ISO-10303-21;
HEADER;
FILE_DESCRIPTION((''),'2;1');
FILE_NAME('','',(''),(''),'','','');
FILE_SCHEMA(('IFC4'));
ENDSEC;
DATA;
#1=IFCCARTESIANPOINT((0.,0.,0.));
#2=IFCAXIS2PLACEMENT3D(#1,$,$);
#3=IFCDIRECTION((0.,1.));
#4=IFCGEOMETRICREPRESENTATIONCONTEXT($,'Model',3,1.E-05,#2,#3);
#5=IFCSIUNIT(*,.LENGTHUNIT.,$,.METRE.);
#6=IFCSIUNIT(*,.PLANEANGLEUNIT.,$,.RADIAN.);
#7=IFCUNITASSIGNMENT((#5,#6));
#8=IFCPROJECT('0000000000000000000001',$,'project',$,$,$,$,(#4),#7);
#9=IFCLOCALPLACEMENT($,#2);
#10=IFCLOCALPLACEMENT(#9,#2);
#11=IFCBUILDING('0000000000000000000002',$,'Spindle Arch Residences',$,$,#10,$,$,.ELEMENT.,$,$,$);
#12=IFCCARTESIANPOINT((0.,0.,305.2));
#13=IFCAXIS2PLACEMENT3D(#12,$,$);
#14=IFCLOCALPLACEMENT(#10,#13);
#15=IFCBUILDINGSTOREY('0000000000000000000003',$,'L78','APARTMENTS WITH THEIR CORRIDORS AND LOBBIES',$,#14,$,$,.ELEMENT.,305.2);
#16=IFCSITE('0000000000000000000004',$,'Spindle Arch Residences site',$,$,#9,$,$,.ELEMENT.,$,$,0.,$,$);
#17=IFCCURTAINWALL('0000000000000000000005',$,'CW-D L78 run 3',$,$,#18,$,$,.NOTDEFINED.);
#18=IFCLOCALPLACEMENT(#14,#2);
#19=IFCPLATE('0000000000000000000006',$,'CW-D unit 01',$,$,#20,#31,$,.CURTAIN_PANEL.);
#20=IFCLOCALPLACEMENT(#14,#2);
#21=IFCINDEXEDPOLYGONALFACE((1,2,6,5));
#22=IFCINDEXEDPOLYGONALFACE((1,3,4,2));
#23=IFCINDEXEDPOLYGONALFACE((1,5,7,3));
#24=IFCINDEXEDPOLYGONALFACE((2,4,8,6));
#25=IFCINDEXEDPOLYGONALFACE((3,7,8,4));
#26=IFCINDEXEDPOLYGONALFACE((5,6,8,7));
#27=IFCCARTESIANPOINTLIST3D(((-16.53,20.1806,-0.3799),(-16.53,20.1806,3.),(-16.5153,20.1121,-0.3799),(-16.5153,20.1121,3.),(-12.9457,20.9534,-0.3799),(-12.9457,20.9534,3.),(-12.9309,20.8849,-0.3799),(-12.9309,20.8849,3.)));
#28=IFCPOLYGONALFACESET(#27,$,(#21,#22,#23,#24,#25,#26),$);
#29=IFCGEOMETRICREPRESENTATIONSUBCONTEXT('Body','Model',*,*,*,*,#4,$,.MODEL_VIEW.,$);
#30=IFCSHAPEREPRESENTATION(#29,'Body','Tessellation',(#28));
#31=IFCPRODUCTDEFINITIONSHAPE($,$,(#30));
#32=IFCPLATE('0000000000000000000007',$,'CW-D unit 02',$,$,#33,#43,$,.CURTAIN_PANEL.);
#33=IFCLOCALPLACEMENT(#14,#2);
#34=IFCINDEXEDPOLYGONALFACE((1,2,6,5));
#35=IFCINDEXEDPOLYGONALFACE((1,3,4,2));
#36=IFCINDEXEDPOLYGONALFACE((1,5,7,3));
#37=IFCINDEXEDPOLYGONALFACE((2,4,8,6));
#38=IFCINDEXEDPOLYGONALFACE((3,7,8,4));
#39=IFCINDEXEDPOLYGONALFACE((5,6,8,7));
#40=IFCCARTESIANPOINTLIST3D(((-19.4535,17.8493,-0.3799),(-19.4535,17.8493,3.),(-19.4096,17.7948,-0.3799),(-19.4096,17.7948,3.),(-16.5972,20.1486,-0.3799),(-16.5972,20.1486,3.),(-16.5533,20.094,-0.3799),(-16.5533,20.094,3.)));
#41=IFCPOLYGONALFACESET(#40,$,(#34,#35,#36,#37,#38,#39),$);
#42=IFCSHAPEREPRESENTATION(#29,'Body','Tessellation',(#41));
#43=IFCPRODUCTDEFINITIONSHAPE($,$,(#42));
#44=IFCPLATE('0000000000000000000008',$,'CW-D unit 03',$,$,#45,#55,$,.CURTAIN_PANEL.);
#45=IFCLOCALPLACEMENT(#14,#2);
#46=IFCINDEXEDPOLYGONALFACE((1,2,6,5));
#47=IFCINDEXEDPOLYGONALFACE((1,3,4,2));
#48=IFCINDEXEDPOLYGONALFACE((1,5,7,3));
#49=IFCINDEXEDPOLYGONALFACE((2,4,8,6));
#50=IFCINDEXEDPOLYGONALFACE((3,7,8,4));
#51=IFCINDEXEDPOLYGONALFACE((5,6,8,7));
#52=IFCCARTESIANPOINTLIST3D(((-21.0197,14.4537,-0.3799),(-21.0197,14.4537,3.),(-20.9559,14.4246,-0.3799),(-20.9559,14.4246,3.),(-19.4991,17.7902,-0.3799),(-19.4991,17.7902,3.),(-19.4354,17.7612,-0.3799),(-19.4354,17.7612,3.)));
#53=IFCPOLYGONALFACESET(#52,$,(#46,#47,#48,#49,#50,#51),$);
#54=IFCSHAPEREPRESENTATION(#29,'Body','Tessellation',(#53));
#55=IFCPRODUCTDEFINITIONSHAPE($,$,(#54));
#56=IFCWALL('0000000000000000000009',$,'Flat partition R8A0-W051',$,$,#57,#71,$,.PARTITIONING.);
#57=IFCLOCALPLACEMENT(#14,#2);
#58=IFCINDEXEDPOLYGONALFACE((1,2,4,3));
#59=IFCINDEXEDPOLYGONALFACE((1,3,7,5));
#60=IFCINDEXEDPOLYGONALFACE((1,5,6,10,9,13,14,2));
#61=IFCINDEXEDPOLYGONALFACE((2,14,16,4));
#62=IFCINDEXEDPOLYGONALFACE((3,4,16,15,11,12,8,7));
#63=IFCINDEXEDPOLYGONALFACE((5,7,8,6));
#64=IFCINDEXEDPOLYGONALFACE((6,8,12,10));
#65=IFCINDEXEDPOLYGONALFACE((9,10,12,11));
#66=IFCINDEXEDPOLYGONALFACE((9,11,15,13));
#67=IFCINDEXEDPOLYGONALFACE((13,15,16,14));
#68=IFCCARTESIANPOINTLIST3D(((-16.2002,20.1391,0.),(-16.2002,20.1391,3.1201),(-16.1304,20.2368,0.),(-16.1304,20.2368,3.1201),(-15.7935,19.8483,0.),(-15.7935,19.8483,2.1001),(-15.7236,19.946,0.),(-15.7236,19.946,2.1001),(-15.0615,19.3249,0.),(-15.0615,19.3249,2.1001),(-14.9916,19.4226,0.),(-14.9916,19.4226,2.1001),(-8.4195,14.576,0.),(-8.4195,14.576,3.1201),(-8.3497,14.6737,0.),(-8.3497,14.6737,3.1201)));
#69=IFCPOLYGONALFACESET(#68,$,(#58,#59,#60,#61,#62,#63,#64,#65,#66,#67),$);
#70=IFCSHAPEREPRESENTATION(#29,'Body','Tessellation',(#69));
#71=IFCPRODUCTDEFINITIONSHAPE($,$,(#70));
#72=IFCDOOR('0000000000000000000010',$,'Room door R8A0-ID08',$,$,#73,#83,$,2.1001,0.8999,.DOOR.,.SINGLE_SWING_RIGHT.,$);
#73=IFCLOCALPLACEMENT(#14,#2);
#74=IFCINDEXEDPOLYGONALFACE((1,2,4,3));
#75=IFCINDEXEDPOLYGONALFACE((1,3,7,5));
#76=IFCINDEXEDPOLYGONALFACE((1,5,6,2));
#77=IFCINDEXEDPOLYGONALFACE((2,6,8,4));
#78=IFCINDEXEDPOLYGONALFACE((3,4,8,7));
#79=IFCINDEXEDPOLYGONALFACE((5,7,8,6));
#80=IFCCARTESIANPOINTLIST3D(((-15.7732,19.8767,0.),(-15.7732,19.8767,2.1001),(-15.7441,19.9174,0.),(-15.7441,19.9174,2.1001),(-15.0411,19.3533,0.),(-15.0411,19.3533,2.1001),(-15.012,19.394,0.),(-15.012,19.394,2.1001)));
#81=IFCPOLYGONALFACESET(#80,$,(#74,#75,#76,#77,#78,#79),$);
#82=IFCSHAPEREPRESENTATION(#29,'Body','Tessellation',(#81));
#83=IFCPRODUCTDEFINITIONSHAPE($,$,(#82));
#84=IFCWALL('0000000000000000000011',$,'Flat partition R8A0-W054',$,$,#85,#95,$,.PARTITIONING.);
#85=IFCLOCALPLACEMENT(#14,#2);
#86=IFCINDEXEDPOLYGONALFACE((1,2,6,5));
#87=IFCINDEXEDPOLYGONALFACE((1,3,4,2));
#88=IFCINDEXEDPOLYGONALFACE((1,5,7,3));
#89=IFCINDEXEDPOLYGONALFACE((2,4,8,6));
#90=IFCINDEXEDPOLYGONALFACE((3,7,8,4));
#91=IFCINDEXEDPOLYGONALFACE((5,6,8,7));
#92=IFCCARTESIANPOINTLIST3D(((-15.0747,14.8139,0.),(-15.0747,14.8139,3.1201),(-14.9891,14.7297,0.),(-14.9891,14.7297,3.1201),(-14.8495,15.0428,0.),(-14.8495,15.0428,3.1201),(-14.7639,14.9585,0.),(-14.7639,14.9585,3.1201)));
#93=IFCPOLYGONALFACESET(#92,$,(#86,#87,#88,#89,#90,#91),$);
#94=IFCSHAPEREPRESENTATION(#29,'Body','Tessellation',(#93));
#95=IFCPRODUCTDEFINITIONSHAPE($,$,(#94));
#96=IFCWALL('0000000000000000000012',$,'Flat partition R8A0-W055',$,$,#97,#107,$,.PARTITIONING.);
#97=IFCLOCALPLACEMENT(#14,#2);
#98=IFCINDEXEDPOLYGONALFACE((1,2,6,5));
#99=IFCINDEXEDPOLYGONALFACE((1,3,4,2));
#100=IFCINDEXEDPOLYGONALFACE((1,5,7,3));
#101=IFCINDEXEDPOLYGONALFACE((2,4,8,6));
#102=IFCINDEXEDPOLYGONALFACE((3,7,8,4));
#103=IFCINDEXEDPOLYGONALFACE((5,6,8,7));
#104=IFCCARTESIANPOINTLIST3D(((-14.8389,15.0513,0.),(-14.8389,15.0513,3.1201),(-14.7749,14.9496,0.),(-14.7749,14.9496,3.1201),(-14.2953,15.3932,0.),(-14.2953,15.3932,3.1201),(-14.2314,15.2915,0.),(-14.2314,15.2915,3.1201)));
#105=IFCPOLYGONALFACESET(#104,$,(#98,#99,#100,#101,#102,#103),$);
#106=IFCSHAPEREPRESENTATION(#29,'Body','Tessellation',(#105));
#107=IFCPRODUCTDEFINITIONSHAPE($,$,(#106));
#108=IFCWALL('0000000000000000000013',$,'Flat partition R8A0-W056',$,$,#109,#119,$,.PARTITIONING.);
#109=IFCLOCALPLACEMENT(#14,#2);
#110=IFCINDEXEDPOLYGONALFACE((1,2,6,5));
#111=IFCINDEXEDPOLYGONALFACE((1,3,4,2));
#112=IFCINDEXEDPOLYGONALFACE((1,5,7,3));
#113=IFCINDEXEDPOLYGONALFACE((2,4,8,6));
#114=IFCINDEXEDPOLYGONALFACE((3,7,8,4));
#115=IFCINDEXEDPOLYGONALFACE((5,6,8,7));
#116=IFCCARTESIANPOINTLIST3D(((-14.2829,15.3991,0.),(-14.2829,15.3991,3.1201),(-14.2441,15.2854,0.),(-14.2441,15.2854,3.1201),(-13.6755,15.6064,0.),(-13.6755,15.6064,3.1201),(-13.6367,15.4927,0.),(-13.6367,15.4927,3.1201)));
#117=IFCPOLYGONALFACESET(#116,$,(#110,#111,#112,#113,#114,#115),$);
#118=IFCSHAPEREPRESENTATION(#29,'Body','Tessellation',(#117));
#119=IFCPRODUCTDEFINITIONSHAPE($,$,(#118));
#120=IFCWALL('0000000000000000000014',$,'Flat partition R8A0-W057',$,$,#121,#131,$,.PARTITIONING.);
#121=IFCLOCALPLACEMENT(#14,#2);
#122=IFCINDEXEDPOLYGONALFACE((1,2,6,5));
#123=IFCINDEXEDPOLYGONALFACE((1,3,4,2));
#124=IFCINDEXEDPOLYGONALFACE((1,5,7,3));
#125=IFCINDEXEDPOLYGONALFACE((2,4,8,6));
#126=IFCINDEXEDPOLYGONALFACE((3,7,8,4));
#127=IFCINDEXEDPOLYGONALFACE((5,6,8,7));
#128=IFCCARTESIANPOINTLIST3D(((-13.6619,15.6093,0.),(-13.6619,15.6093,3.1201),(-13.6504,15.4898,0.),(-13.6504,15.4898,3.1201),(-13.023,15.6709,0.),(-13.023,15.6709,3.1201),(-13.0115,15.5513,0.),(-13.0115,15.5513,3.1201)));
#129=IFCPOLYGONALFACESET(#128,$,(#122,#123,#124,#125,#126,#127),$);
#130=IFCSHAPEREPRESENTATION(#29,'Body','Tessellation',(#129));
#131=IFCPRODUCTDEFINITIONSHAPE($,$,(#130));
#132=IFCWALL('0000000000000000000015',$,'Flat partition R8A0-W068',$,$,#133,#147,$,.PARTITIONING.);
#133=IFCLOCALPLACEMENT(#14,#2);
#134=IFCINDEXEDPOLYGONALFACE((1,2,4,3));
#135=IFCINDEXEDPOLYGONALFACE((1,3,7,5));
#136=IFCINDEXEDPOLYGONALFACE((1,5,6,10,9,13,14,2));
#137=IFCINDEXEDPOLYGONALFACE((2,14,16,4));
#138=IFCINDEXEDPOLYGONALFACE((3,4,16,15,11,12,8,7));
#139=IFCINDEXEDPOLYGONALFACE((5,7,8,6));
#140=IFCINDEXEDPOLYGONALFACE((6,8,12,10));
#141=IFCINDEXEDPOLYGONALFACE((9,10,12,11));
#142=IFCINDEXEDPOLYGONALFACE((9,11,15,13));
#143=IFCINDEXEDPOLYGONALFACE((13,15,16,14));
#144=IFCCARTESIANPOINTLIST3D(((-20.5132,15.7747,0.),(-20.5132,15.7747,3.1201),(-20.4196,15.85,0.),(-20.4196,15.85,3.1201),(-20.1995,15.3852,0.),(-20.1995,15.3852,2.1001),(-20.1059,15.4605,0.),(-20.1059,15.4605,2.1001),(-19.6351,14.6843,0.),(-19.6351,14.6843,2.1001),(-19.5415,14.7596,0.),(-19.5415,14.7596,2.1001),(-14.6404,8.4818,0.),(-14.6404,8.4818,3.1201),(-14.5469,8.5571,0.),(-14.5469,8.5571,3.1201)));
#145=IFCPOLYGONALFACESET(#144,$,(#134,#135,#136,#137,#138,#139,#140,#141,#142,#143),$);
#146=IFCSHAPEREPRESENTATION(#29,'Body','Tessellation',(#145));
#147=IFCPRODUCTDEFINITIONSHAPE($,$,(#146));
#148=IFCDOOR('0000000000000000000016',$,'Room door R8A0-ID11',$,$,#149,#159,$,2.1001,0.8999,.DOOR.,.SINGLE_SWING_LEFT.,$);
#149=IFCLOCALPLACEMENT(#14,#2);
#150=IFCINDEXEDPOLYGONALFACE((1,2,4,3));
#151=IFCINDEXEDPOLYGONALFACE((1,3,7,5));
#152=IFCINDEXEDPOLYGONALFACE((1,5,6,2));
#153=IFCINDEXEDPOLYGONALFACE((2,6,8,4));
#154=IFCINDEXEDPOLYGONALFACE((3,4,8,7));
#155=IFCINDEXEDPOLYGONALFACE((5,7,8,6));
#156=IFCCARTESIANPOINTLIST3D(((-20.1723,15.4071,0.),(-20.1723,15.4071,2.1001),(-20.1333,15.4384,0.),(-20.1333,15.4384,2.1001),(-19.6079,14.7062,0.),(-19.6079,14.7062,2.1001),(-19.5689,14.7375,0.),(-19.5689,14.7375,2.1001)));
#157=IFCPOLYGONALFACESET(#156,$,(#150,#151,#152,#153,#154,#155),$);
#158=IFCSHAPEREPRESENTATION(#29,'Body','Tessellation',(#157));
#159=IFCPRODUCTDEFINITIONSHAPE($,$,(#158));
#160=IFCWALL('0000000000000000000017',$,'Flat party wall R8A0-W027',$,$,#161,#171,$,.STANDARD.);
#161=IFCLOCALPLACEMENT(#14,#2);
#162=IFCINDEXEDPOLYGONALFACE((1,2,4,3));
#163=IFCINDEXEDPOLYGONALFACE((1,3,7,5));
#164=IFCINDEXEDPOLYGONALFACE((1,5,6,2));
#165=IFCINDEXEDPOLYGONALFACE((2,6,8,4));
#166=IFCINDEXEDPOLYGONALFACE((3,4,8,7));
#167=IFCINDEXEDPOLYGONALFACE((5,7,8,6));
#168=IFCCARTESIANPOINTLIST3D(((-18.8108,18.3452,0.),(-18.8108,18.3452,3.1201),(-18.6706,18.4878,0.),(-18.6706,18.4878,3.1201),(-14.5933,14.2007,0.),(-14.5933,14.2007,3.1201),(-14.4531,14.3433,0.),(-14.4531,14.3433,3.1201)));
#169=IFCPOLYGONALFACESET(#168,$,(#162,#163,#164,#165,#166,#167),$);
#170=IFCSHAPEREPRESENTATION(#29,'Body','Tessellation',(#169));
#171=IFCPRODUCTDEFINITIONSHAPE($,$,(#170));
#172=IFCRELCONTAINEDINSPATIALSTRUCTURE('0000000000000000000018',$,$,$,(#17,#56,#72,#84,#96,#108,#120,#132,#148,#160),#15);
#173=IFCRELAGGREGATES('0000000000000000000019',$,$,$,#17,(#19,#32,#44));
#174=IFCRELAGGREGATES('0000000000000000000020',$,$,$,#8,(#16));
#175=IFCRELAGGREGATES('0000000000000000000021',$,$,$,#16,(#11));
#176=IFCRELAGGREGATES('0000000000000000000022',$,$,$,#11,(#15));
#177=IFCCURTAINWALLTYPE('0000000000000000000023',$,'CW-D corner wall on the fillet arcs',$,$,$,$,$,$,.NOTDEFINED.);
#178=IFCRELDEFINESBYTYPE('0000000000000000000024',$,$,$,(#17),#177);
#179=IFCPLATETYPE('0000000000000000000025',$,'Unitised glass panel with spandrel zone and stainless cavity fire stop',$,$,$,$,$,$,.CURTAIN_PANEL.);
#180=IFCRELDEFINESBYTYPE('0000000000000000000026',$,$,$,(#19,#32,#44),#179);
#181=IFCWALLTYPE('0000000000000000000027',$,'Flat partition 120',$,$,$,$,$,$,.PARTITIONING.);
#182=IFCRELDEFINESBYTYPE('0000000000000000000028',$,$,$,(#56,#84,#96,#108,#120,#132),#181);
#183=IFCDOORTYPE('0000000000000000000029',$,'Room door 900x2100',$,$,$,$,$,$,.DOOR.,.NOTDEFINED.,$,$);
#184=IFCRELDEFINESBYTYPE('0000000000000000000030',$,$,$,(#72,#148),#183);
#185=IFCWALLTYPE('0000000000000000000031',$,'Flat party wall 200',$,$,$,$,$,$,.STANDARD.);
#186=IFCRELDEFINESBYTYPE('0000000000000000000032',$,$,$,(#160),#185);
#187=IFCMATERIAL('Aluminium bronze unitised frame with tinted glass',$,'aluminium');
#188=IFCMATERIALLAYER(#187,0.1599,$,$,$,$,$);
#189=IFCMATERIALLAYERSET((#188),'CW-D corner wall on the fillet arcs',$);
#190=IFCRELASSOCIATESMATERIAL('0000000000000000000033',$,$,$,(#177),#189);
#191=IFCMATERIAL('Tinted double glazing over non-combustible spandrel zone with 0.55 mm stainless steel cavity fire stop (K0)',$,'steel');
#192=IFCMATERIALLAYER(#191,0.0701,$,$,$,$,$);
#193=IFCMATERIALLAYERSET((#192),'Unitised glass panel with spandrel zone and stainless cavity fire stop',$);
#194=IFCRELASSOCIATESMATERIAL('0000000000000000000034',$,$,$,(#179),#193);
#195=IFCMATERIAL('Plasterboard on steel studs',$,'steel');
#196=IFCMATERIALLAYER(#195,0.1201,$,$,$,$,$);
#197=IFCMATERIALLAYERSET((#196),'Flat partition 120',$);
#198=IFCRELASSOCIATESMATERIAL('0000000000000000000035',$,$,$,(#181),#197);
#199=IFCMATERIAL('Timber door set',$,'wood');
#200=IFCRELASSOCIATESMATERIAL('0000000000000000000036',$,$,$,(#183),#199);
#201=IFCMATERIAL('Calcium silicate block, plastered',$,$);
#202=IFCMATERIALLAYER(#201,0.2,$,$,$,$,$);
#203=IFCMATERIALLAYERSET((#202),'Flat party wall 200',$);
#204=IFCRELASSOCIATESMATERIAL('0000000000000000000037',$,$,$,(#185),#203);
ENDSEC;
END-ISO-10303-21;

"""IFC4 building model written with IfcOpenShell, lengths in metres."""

from ifc_helpers import new_model, si_unit, direction, frame, frame_2d, origin, origin_2d, place, context, subcontext, project, spatial, rectangle, extrude, material, layer, layer_set, type_object, element, fill, aggregate, save


model = new_model("IFC4")

# Units and contexts
model_context = context("Model", 3, precision=1e-05, world=origin(), true_north=direction((0.0, 1.0)))
body_context = subcontext(model_context, "Body", "Model", "MODEL_VIEW")
ifc_project = project(units=[si_unit("LENGTHUNIT", "METRE"), si_unit("PLANEANGLEUNIT", "RADIAN")], contexts=[model_context])

# Site, building, storey
site_placement = place(None, origin())
site = spatial("IfcSite", under=ifc_project, at=site_placement, Name="Spindle Arch Residences site", CompositionType="ELEMENT", RefElevation=0.0)
building_placement = place(site_placement, origin())
building = spatial("IfcBuilding", under=site, at=building_placement, Name="Spindle Arch Residences", CompositionType="ELEMENT")
storey_placement = place(building_placement, frame((0.0, 0.0, 305.2)))
storey = spatial("IfcBuildingStorey", under=building, at=storey_placement, Name="L78", Description="APARTMENTS WITH THEIR CORRIDORS AND LOBBIES", CompositionType="ELEMENT", Elevation=305.2)

# Curtain wall
ifc_material_1 = material(Name="Aluminium bronze unitised frame with tinted glass", Category="aluminium")
ifc_layer_1 = layer(ifc_material_1, 0.1599)
ifc_layer_set_1 = layer_set([ifc_layer_1], Name="CW-D corner wall on the fillet arcs")
curtain_wall_type = type_object("IfcCurtainWallType", Name="CW-D corner wall on the fillet arcs", PredefinedType="NOTDEFINED", material=ifc_layer_set_1)
curtain_wall_placement = place(storey_placement, origin())
curtain_wall = element("IfcCurtainWall", 1, at=curtain_wall_placement, inside=storey, type_object=curtain_wall_type, Name="CW-D L78 run 3", PredefinedType="NOTDEFINED")

# Plates
ifc_material_2 = material(Name="Tinted double glazing over non-combustible spandrel zone with 0.55 mm stainless steel cavity fire stop (K0)", Category="steel")
ifc_layer_2 = layer(ifc_material_2, 0.0701)
ifc_layer_set_2 = layer_set([ifc_layer_2], Name="Unitised glass panel with spandrel zone and stainless cavity fire stop")
plate_type = type_object("IfcPlateType", Name="Unitised glass panel with spandrel zone and stainless cavity fire stop", PredefinedType="CURTAIN_PANEL", material=ifc_layer_set_2)
plate_1_placement = place(storey_placement, frame((-14.7305, 20.5327, -0.3799), z_axis=(0.0, 0.0, 1.0), x_axis=(-0.977539, -0.210756, 0.0)))
plate_1 = element("IfcPlate", 2, at=plate_1_placement, type_object=plate_type, Name="CW-D unit 01", PredefinedType="CURTAIN_PANEL", context=body_context, shape_type="SweptSolid", body=[
    extrude(rectangle(XDim=3.6667, YDim=0.0701, at=origin_2d()), origin(), (0.0, 0.0, 1.0), 3.3799),
])
plate_2_placement = place(storey_placement, frame((-18.0034, 18.9717, -0.3799), z_axis=(0.0, 0.0, 1.0), x_axis=(-0.778973, -0.627057, 0.0)))
plate_2 = element("IfcPlate", 3, at=plate_2_placement, type_object=plate_type, Name="CW-D unit 02", PredefinedType="CURTAIN_PANEL", context=body_context, shape_type="SweptSolid", body=[
    extrude(rectangle(XDim=3.6667, YDim=0.0701, at=origin_2d()), origin(), (0.0, 0.0, 1.0), 3.3799),
])
plate_3_placement = place(storey_placement, frame((-20.2275, 16.1074, -0.3799), z_axis=(0.0, 0.0, 1.0), x_axis=(-0.414693, -0.909961, 0.0)))
plate_3 = element("IfcPlate", 4, at=plate_3_placement, type_object=plate_type, Name="CW-D unit 03", PredefinedType="CURTAIN_PANEL", context=body_context, shape_type="SweptSolid", body=[
    extrude(rectangle(XDim=3.6667, YDim=0.0701, at=origin_2d()), origin(), (0.0, 0.0, 1.0), 3.3799),
])
aggregate(curtain_wall, [plate_1, plate_2, plate_3])

# Wall, opening, door
ifc_material_3 = material(Name="Plasterboard on steel studs", Category="steel")
ifc_layer_3 = layer(ifc_material_3, 0.1201)
ifc_layer_set_3 = layer_set([ifc_layer_3], Name="Flat partition 120")
wall_type_1 = type_object("IfcWallType", Name="Flat partition 120", PredefinedType="PARTITIONING", material=ifc_layer_set_3)
wall_1_placement = place(storey_placement, frame((-16.1653, 20.188, 0.0), z_axis=(0.0, 0.0, 1.0), x_axis=(0.813459, -0.581622, 0.0)))
wall_1 = element("IfcWall", 5, at=wall_1_placement, inside=storey, type_object=wall_type_1, Name="Flat partition R8A0-W051", PredefinedType="PARTITIONING", context=body_context, shape_type="SweptSolid", body=[
    extrude(rectangle(XDim=9.5649, YDim=0.1201, at=frame_2d((4.7825, 0.0))), origin(), (0.0, 0.0, 1.0), 3.1201),
])
opening_1_placement = place(wall_1_placement, frame((0.5, 0.0, 0.0)))
opening_1 = element("IfcOpeningElement", 6, at=opening_1_placement, cuts=wall_1, PredefinedType="OPENING", context=body_context, shape_type="SweptSolid", body=[
    extrude(rectangle(XDim=0.8999, YDim=2.1001, at=frame_2d((0.45, 1.05))), frame((0.0, 0.0701, 0.0), z_axis=(0.0, -1.0, 0.0), x_axis=(1.0, 0.0, 0.0)), (0.0, 0.0, 1.0), 0.1401),
])
ifc_material_4 = material(Name="Timber door set", Category="wood")
door_type = type_object("IfcDoorType", Name="Room door 900x2100", OperationType="NOTDEFINED", PredefinedType="DOOR", material=ifc_material_4)
door_1_placement = place(opening_1_placement, origin())
door_1 = element("IfcDoor", 7, at=door_1_placement, inside=storey, type_object=door_type, Name="Room door R8A0-ID08", OperationType="SINGLE_SWING_RIGHT", OverallHeight=2.1001, OverallWidth=0.8999, PredefinedType="DOOR", context=body_context, shape_type="SweptSolid", body=[
    extrude(rectangle(XDim=0.8999, YDim=2.1001, at=frame_2d((0.45, 1.05))), frame((0.0, 0.0249, 0.0), z_axis=(0.0, -1.0, 0.0), x_axis=(1.0, 0.0, 0.0)), (0.0, 0.0, 1.0), 0.05),
])
fill(opening_1, door_1)

# Walls
wall_2_placement = place(storey_placement, frame((-15.032, 14.7717, 0.0), z_axis=(0.0, 0.0, 1.0), x_axis=(0.701378, 0.712789, 0.0)))
element("IfcWall", 8, at=wall_2_placement, inside=storey, type_object=wall_type_1, Name="Flat partition R8A0-W054", PredefinedType="PARTITIONING", context=body_context, shape_type="SweptSolid", body=[
    extrude(rectangle(XDim=0.321, YDim=0.1201, at=frame_2d((0.1606, 0.0))), origin(), (0.0, 0.0, 1.0), 3.1201),
])
wall_3_placement = place(storey_placement, frame((-14.8069, 15.0005, 0.0), z_axis=(0.0, 0.0, 1.0), x_axis=(0.846499, 0.53239, 0.0)))
element("IfcWall", 9, at=wall_3_placement, inside=storey, type_object=wall_type_1, Name="Flat partition R8A0-W055", PredefinedType="PARTITIONING", context=body_context, shape_type="SweptSolid", body=[
    extrude(rectangle(XDim=0.6421, YDim=0.1201, at=frame_2d((0.321, 0.0))), origin(), (0.0, 0.0, 1.0), 3.1201),
])
for number, where, z_axis, x_axis, name in (
    (10, (-14.2634, 15.3423, 0.0), (0.0, 0.0, 1.0), (0.946415, 0.322953, 0.0), "Flat partition R8A0-W056"),
    (11, (-13.656, 15.5496, 0.0), (0.0, 0.0, 1.0), (0.995396, 0.09585, 0.0), "Flat partition R8A0-W057"),
):
    element("IfcWall", number, at=place(storey_placement, frame(where, z_axis=z_axis, x_axis=x_axis)), inside=storey, type_object=wall_type_1, Name=name, PredefinedType="PARTITIONING", context=body_context, shape_type="SweptSolid", body=[
        extrude(rectangle(XDim=0.6418, YDim=0.1201, at=frame_2d((0.3208, 0.0))), origin(), (0.0, 0.0, 1.0), 3.1201),
    ])

# Wall, opening, door
wall_4_placement = place(storey_placement, frame((-20.4663, 15.8123, 0.0), z_axis=(0.0, 0.0, 1.0), x_axis=(0.627194, -0.778863, 0.0)))
wall_4 = element("IfcWall", 12, at=wall_4_placement, inside=storey, type_object=wall_type_1, Name="Flat partition R8A0-W068", PredefinedType="PARTITIONING", context=body_context, shape_type="SweptSolid", body=[
    extrude(rectangle(XDim=9.3635, YDim=0.1201, at=frame_2d((4.6816, 0.0))), origin(), (0.0, 0.0, 1.0), 3.1201),
])
opening_2_placement = place(wall_4_placement, frame((0.5, 0.0, 0.0)))
opening_2 = element("IfcOpeningElement", 13, at=opening_2_placement, cuts=wall_4, PredefinedType="OPENING", context=body_context, shape_type="SweptSolid", body=[
    extrude(rectangle(XDim=0.8999, YDim=2.1001, at=frame_2d((0.45, 1.05))), frame((0.0, 0.0701, 0.0), z_axis=(0.0, -1.0, 0.0), x_axis=(1.0, 0.0, 0.0)), (0.0, 0.0, 1.0), 0.1401),
])
door_2_placement = place(opening_2_placement, origin())
door_2 = element("IfcDoor", 14, at=door_2_placement, inside=storey, type_object=door_type, Name="Room door R8A0-ID11", OperationType="SINGLE_SWING_LEFT", OverallHeight=2.1001, OverallWidth=0.8999, PredefinedType="DOOR", context=body_context, shape_type="SweptSolid", body=[
    extrude(rectangle(XDim=0.8999, YDim=2.1001, at=frame_2d((0.45, 1.05))), frame((0.0, 0.0249, 0.0), z_axis=(0.0, -1.0, 0.0), x_axis=(1.0, 0.0, 0.0)), (0.0, 0.0, 1.0), 0.05),
])
fill(opening_2, door_2)

# Wall
ifc_material_5 = material(Name="Calcium silicate block, plastered")
ifc_layer_4 = layer(ifc_material_5, 0.2)
ifc_layer_set_4 = layer_set([ifc_layer_4], Name="Flat party wall 200")
wall_type_2 = type_object("IfcWallType", Name="Flat party wall 200", PredefinedType="STANDARD", material=ifc_layer_set_4)
wall_5_placement = place(storey_placement, frame((-18.7407, 18.4165, 0.0), z_axis=(0.0, 0.0, 1.0), x_axis=(0.713252, -0.700907, 0.0)))
element("IfcWall", 15, at=wall_5_placement, inside=storey, type_object=wall_type_2, Name="Flat party wall R8A0-W027", PredefinedType="STANDARD", context=body_context, shape_type="SweptSolid", body=[
    extrude(rectangle(XDim=5.9131, YDim=0.2, at=frame_2d((2.9565, 0.0))), origin(), (0.0, 0.0, 1.0), 3.1201),
])

save(model, "model.ifc")
